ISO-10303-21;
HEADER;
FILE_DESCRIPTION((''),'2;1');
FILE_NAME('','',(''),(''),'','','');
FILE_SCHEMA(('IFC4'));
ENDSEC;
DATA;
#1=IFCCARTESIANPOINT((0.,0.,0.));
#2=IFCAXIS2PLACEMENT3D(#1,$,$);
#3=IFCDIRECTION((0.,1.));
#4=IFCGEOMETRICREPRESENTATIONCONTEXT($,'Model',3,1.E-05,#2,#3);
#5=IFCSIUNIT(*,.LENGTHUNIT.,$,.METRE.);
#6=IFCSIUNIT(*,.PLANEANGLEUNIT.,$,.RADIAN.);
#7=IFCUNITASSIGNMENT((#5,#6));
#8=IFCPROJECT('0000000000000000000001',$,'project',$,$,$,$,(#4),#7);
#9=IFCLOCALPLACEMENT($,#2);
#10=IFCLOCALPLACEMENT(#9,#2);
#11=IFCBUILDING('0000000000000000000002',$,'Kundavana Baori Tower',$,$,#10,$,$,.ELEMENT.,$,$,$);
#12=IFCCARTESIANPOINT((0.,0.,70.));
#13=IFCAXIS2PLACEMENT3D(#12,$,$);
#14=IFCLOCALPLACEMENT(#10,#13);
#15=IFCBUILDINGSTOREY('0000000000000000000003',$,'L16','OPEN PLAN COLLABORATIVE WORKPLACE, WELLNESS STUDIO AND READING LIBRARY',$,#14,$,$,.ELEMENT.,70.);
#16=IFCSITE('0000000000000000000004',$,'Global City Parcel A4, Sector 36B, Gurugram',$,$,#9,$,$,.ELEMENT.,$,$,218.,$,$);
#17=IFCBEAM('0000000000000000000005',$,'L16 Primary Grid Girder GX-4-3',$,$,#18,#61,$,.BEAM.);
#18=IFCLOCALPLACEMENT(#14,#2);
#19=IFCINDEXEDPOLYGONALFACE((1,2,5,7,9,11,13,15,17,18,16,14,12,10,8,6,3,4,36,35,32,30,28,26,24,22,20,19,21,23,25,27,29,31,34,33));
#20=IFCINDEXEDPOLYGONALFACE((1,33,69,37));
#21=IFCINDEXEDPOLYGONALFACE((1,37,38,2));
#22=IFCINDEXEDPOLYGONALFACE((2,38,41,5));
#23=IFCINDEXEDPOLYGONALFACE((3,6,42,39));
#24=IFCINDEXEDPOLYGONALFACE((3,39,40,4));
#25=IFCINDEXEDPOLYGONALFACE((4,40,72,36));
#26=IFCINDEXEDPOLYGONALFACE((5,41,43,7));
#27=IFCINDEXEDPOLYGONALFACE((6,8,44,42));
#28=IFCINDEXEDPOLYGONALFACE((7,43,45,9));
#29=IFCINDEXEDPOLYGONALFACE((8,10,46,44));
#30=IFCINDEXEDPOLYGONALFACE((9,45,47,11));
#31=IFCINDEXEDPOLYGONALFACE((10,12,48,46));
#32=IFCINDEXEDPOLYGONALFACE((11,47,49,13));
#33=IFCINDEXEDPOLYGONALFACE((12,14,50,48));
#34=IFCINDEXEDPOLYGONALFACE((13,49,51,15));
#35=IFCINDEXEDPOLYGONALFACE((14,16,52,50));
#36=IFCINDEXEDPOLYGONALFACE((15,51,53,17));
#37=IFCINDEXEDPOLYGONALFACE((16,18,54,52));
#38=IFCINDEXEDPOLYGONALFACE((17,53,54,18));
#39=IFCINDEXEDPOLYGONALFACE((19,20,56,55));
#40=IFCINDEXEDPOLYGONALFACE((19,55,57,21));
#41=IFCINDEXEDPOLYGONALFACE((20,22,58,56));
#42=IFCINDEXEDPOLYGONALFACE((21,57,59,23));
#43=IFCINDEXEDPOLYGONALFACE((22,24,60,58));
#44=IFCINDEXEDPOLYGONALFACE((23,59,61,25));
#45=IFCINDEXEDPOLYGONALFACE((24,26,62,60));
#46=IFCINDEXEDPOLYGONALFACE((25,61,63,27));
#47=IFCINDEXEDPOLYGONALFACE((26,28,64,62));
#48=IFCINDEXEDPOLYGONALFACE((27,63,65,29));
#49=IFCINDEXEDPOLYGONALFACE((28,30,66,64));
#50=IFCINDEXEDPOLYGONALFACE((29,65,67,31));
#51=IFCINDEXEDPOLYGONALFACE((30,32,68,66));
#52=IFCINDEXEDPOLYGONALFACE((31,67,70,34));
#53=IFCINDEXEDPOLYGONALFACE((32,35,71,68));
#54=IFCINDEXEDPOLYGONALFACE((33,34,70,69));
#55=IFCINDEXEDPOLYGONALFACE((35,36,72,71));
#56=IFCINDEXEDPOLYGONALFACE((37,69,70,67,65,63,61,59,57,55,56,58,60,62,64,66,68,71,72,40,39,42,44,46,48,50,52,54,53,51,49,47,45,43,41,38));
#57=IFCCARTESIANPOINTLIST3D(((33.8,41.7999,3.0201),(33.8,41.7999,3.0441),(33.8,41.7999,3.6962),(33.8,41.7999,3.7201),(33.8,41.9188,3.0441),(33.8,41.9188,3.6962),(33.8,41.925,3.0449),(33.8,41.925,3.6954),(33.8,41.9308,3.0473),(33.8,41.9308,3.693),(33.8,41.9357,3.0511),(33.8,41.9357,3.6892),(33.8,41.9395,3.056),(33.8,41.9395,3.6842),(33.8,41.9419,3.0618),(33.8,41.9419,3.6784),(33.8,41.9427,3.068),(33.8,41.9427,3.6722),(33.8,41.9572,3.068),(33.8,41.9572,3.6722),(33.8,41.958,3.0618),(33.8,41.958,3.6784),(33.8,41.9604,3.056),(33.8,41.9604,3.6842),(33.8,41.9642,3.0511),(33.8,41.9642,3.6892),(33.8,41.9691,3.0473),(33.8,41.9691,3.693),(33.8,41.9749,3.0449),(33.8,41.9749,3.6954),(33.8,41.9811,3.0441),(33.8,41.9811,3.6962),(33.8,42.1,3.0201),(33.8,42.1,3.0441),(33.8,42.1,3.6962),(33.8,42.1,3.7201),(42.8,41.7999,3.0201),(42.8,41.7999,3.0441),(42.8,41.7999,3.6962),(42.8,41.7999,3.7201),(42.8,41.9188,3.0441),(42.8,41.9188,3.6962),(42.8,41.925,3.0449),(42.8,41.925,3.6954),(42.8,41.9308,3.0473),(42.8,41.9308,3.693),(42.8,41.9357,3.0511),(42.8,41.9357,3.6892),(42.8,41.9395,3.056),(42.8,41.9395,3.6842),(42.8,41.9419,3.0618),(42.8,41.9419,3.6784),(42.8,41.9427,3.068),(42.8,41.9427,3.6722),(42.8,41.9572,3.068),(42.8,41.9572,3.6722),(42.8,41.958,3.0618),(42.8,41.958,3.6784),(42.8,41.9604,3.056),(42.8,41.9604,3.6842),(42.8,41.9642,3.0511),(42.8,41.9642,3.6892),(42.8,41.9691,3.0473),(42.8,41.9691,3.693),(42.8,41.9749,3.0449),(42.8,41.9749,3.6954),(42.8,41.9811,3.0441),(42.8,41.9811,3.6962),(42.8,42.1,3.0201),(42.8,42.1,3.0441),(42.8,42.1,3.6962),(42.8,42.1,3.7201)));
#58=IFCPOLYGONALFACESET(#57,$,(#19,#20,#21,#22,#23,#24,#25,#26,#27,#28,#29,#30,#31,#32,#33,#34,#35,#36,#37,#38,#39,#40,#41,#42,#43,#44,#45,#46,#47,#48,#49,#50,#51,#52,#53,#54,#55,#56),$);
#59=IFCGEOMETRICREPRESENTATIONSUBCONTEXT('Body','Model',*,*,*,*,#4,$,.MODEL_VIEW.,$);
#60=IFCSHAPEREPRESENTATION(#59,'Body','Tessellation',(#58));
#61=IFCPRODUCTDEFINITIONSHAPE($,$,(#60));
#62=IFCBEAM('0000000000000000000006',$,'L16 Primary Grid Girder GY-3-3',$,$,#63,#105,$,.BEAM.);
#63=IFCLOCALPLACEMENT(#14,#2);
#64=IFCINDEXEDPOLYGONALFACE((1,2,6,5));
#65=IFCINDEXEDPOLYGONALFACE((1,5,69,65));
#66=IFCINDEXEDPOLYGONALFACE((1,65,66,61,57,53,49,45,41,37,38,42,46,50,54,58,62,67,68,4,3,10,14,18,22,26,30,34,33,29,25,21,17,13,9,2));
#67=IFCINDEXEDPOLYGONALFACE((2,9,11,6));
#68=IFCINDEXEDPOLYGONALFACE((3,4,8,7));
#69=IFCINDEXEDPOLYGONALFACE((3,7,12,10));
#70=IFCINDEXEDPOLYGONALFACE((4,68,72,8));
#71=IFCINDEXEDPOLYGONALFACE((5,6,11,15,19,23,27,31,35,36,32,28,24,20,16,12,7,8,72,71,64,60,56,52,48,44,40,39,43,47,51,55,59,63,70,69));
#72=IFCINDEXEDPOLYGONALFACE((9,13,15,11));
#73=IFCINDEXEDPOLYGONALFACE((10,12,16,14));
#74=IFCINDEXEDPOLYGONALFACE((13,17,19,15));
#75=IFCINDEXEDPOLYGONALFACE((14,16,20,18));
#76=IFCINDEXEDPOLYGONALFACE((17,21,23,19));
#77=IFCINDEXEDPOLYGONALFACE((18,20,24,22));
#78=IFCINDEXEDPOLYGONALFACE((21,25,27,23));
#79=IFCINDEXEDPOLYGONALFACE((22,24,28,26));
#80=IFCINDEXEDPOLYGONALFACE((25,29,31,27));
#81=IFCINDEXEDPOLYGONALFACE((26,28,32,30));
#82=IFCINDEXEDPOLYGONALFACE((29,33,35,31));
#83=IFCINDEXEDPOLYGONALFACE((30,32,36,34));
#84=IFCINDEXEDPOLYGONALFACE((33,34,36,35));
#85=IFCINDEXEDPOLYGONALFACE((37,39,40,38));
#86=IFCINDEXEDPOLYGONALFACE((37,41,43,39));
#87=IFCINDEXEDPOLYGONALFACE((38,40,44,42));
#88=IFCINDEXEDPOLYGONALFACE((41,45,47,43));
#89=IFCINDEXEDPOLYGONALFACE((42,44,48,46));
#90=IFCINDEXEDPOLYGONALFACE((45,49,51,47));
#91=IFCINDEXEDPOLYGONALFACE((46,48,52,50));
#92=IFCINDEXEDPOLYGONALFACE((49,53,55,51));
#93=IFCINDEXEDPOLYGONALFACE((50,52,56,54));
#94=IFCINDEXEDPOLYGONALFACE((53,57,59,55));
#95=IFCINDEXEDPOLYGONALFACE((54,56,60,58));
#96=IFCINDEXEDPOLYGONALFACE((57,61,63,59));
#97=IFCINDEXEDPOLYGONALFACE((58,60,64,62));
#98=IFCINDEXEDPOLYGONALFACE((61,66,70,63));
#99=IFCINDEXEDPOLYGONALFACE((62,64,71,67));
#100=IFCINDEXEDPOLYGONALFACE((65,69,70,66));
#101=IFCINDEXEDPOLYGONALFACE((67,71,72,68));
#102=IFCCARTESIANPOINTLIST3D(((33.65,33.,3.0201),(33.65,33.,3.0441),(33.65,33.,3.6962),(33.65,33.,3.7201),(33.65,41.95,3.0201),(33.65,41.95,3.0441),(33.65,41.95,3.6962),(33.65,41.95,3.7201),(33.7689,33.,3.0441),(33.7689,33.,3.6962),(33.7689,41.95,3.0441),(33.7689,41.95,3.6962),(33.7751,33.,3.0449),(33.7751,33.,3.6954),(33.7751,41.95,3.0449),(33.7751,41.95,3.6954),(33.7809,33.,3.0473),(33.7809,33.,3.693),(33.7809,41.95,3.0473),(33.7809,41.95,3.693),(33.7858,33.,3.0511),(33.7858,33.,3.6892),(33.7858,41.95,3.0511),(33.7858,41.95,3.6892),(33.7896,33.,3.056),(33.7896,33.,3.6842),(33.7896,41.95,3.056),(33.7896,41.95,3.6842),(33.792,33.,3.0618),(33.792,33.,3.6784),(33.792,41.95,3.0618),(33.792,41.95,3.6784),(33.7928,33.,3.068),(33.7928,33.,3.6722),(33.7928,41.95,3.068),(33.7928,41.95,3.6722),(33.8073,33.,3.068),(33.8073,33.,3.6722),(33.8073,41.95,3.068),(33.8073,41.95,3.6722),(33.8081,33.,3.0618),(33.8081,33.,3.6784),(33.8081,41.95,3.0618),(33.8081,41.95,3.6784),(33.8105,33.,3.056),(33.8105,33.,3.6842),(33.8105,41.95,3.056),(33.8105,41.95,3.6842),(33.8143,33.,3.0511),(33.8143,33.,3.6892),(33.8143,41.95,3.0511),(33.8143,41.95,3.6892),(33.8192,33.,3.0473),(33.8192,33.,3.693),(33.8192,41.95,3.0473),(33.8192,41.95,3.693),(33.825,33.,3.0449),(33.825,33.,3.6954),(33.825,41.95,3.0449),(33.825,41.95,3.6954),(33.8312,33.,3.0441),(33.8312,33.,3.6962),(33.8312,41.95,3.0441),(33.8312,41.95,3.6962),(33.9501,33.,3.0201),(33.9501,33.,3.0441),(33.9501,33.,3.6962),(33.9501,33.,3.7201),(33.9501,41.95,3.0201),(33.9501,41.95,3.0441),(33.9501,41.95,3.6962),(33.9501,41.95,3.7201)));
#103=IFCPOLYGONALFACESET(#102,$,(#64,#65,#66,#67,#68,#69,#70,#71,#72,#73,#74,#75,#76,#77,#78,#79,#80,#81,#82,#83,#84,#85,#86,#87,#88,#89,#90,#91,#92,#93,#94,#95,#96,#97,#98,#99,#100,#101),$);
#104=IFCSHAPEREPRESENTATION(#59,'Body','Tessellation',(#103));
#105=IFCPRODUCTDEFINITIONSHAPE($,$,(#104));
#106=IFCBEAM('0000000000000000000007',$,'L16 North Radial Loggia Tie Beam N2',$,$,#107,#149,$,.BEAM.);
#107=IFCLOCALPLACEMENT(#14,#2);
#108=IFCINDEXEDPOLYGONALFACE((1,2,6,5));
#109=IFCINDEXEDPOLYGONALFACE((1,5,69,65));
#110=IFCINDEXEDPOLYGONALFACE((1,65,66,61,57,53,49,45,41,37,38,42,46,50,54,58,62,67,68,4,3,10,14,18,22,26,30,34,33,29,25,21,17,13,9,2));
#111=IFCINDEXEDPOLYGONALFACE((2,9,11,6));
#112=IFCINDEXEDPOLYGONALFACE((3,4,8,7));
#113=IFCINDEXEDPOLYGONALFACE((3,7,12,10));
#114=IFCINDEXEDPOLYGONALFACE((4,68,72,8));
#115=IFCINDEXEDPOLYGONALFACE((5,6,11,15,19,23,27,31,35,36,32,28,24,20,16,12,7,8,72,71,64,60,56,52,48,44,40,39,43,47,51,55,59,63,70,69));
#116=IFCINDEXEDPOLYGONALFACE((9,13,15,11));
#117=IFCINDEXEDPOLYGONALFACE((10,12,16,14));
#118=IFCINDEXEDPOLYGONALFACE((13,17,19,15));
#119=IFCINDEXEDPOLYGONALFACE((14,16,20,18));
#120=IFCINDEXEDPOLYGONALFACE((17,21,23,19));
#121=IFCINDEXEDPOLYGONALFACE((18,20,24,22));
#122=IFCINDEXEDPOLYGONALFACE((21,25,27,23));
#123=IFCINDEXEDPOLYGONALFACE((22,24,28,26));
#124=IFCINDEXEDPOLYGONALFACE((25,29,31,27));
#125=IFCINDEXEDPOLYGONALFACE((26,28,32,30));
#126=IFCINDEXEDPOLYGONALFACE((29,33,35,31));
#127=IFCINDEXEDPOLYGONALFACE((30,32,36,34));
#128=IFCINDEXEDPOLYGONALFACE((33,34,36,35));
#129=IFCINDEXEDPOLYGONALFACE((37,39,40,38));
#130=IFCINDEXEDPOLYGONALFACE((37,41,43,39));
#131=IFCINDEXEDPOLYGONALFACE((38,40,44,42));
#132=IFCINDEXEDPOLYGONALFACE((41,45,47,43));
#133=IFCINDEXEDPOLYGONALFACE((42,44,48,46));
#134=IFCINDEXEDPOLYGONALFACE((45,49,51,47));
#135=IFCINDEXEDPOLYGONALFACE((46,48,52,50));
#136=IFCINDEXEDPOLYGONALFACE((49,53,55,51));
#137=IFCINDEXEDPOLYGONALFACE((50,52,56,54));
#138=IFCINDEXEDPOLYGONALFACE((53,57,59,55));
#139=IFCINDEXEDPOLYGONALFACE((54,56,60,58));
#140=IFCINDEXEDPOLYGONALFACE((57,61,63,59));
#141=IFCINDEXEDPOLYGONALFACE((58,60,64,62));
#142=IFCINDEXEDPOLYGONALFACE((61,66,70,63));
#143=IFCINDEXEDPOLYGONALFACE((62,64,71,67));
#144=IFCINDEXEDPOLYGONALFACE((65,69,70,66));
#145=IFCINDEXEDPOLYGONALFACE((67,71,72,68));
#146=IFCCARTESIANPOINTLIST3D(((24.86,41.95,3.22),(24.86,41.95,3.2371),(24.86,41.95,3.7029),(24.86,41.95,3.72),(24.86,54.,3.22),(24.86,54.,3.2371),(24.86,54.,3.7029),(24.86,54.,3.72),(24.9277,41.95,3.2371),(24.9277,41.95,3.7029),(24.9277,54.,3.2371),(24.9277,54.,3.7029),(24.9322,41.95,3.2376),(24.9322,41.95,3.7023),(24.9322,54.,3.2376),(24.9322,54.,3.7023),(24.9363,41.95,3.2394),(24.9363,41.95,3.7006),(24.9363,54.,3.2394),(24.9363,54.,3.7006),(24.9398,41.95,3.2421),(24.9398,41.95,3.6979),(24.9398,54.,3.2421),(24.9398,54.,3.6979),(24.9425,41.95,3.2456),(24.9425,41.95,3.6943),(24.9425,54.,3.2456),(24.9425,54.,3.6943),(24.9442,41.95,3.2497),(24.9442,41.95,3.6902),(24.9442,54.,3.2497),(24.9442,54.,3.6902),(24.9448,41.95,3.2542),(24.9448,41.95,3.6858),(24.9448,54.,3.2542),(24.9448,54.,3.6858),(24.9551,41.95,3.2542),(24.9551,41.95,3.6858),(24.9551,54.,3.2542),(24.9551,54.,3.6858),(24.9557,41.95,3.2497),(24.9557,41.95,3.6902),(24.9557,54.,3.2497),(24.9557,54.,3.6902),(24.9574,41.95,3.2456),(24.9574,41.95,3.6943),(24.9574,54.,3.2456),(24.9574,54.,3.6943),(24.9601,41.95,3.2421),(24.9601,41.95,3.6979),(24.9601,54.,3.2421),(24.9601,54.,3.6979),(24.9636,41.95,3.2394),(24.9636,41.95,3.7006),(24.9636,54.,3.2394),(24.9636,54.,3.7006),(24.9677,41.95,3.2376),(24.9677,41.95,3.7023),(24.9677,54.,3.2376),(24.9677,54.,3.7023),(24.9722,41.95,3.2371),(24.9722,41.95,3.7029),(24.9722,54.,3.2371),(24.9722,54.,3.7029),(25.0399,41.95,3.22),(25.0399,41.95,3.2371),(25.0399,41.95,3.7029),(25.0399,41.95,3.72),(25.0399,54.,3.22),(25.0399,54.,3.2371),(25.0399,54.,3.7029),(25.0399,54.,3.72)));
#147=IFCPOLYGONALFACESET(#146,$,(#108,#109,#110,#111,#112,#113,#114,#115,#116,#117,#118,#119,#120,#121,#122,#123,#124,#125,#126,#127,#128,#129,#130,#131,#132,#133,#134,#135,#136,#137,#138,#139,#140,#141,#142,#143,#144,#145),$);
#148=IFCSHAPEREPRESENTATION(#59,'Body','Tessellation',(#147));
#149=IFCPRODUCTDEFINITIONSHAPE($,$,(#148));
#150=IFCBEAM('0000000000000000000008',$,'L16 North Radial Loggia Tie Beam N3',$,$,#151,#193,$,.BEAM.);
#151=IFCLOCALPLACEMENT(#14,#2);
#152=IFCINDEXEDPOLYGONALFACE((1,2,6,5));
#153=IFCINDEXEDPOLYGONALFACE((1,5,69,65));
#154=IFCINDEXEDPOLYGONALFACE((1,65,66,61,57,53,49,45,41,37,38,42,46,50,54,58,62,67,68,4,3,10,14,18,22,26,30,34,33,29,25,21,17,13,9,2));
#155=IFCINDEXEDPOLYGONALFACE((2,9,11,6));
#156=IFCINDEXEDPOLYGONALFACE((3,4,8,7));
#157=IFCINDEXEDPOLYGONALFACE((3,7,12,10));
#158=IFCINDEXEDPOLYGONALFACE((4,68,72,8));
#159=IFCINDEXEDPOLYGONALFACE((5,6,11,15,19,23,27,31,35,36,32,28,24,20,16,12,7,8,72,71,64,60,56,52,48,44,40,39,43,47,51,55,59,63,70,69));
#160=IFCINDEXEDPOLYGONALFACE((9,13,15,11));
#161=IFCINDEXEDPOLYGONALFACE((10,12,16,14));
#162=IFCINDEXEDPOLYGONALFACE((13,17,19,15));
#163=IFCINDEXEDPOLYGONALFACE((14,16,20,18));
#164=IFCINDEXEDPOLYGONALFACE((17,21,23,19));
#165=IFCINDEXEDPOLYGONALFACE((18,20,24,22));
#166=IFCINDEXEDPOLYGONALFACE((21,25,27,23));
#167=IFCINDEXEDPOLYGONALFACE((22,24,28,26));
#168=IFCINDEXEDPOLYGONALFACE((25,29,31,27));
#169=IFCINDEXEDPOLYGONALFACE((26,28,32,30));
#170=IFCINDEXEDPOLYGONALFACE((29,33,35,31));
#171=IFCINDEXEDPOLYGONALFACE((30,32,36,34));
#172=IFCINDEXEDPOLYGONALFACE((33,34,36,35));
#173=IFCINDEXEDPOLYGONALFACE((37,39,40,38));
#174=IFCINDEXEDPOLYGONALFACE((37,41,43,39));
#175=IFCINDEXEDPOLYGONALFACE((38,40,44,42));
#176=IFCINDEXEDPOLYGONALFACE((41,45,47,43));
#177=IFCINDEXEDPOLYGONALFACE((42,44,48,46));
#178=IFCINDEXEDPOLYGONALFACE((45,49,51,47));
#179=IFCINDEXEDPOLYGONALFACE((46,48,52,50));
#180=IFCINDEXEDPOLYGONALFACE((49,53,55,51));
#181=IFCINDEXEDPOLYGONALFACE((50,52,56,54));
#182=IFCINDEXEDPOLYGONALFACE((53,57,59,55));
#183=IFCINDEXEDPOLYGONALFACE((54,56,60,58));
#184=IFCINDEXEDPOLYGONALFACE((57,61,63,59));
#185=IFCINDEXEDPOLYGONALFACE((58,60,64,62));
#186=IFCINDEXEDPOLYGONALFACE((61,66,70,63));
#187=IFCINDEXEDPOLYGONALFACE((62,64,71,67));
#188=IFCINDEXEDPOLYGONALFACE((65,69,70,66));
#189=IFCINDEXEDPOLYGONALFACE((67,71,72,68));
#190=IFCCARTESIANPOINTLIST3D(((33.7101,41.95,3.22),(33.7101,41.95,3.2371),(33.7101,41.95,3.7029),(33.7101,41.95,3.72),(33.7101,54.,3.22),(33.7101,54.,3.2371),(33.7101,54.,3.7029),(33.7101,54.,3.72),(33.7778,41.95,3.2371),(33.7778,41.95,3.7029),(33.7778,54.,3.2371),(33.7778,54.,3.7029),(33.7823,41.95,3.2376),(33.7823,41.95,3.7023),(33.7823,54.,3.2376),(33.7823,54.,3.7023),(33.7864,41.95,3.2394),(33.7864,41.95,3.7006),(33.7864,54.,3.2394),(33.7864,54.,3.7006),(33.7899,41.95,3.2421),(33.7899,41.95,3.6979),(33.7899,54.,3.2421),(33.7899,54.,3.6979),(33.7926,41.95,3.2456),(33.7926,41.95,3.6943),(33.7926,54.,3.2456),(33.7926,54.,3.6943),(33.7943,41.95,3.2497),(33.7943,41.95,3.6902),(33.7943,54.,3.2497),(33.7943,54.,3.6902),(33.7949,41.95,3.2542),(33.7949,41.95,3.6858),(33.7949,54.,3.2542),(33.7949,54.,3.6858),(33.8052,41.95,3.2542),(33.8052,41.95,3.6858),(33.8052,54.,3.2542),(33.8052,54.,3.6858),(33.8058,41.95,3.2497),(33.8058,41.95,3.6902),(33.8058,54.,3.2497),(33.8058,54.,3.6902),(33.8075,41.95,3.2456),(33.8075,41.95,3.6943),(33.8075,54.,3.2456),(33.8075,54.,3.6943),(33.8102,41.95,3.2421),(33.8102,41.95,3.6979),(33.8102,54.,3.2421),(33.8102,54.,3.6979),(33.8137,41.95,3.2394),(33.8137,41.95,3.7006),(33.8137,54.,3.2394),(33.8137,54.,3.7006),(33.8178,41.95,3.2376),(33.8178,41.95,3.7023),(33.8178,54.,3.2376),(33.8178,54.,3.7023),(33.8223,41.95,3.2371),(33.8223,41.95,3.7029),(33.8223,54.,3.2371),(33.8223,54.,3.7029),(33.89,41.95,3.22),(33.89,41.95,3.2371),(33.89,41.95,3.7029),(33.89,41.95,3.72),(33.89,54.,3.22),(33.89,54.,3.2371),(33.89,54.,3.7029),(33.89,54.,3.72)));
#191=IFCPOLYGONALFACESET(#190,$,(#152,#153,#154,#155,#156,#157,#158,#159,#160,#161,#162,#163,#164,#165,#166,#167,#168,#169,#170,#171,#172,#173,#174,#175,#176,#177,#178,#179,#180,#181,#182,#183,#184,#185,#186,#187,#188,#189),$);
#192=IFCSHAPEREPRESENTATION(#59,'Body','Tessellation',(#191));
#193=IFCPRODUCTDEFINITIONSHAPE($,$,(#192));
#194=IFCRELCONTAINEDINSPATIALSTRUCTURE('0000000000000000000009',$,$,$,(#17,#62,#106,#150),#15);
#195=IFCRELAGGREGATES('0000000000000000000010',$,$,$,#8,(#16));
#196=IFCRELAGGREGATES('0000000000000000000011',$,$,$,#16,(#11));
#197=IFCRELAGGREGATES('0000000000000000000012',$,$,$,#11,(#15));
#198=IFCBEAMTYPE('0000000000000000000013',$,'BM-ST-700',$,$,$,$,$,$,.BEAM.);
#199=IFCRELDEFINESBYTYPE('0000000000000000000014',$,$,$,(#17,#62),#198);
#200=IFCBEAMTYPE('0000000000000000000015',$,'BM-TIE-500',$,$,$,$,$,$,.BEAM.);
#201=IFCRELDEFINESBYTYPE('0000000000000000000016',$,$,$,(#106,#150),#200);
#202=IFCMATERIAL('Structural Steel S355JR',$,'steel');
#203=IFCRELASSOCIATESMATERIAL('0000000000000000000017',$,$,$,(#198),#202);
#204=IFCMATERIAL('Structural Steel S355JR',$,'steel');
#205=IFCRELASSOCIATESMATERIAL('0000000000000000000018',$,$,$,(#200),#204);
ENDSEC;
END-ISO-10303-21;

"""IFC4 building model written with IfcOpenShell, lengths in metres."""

from ifc_helpers import new_model, si_unit, direction, frame, origin, origin_2d, place, context, subcontext, project, spatial, i_section, extrude, material, material_profile, profile_set, type_object, element, save


model = new_model("IFC4")

# Units and contexts
model_context = context("Model", 3, precision=1e-05, world=origin(), true_north=direction((0.0, 1.0)))
body_context = subcontext(model_context, "Body", "Model", "MODEL_VIEW")
ifc_project = project(units=[si_unit("LENGTHUNIT", "METRE"), si_unit("PLANEANGLEUNIT", "RADIAN")], contexts=[model_context])

# Site, building, storey
site_placement = place(None, origin())
site = spatial("IfcSite", under=ifc_project, at=site_placement, Name="Global City Parcel A4, Sector 36B, Gurugram", CompositionType="ELEMENT", RefElevation=218.0)
building_placement = place(site_placement, origin())
building = spatial("IfcBuilding", under=site, at=building_placement, Name="Kundavana Baori Tower", CompositionType="ELEMENT")
storey_placement = place(building_placement, frame((0.0, 0.0, 70.0)))
storey = spatial("IfcBuildingStorey", under=building, at=storey_placement, Name="L16", Description="OPEN PLAN COLLABORATIVE WORKPLACE, WELLNESS STUDIO AND READING LIBRARY", CompositionType="ELEMENT", Elevation=70.0)

# Beams
ifc_material_1 = material(Name="Structural Steel S355JR", Category="steel")
ifc_material_profile_1 = material_profile(ifc_material_1, i_section(OverallWidth=0.3, OverallDepth=0.7, WebThickness=0.0144, FlangeThickness=0.0239, FilletRadius=0.0239, at=origin_2d()), Name="NPB 700x300x170")
ifc_profile_set_1 = profile_set([ifc_material_profile_1], Name="Structural Steel S355JR")
beam_type_1 = type_object("IfcBeamType", Name="BM-ST-700", PredefinedType="BEAM", material=ifc_profile_set_1)
beam_1_placement = place(storey_placement, frame((33.8, 41.95, 3.3701), z_axis=(1.0, 0.0, 0.0), x_axis=(0.0, 1.0, 0.0)))
element("IfcBeam", 1, at=beam_1_placement, inside=storey, type_object=beam_type_1, Name="L16 Primary Grid Girder GX-4-3", PredefinedType="BEAM", context=body_context, shape_type="SweptSolid", body=[
    extrude(i_section(OverallWidth=0.3, OverallDepth=0.7, WebThickness=0.0144, FlangeThickness=0.0239, FilletRadius=0.0239, at=origin_2d()), origin(), (0.0, 0.0, 1.0), 9.0),
])
beam_2_placement = place(storey_placement, frame((33.8, 33.0, 3.3701), z_axis=(0.0, 1.0, 0.0), x_axis=(-1.0, 0.0, 0.0)))
element("IfcBeam", 2, at=beam_2_placement, inside=storey, type_object=beam_type_1, Name="L16 Primary Grid Girder GY-3-3", PredefinedType="BEAM", context=body_context, shape_type="SweptSolid", body=[
    extrude(i_section(OverallWidth=0.3, OverallDepth=0.7, WebThickness=0.0144, FlangeThickness=0.0239, FilletRadius=0.0239, at=origin_2d()), origin(), (0.0, 0.0, 1.0), 8.95),
])
ifc_material_2 = material(Name="Structural Steel S355JR", Category="steel")
ifc_material_profile_2 = material_profile(ifc_material_2, i_section(OverallWidth=0.1799, OverallDepth=0.5, WebThickness=0.0103, FlangeThickness=0.0171, FilletRadius=0.0171, at=origin_2d()), Name="ISMB 500")
ifc_profile_set_2 = profile_set([ifc_material_profile_2], Name="Structural Steel S355JR")
beam_type_2 = type_object("IfcBeamType", Name="BM-TIE-500", PredefinedType="BEAM", material=ifc_profile_set_2)
for number, where, z_axis, x_axis, name in (
    (3, (24.95, 41.95, 3.47), (0.0, 1.0, 0.0), (-1.0, 0.0, 0.0), "L16 North Radial Loggia Tie Beam N2"),
    (4, (33.8, 41.95, 3.47), (0.0, 1.0, 0.0), (-1.0, 0.0, 0.0), "L16 North Radial Loggia Tie Beam N3"),
):
    element("IfcBeam", number, at=place(storey_placement, frame(where, z_axis=z_axis, x_axis=x_axis)), inside=storey, type_object=beam_type_2, Name=name, PredefinedType="BEAM", context=body_context, shape_type="SweptSolid", body=[
        extrude(i_section(OverallWidth=0.1799, OverallDepth=0.5, WebThickness=0.0103, FlangeThickness=0.0171, FilletRadius=0.0171, at=origin_2d()), origin(), (0.0, 0.0, 1.0), 12.05),
    ])

save(model, "model.ifc")
